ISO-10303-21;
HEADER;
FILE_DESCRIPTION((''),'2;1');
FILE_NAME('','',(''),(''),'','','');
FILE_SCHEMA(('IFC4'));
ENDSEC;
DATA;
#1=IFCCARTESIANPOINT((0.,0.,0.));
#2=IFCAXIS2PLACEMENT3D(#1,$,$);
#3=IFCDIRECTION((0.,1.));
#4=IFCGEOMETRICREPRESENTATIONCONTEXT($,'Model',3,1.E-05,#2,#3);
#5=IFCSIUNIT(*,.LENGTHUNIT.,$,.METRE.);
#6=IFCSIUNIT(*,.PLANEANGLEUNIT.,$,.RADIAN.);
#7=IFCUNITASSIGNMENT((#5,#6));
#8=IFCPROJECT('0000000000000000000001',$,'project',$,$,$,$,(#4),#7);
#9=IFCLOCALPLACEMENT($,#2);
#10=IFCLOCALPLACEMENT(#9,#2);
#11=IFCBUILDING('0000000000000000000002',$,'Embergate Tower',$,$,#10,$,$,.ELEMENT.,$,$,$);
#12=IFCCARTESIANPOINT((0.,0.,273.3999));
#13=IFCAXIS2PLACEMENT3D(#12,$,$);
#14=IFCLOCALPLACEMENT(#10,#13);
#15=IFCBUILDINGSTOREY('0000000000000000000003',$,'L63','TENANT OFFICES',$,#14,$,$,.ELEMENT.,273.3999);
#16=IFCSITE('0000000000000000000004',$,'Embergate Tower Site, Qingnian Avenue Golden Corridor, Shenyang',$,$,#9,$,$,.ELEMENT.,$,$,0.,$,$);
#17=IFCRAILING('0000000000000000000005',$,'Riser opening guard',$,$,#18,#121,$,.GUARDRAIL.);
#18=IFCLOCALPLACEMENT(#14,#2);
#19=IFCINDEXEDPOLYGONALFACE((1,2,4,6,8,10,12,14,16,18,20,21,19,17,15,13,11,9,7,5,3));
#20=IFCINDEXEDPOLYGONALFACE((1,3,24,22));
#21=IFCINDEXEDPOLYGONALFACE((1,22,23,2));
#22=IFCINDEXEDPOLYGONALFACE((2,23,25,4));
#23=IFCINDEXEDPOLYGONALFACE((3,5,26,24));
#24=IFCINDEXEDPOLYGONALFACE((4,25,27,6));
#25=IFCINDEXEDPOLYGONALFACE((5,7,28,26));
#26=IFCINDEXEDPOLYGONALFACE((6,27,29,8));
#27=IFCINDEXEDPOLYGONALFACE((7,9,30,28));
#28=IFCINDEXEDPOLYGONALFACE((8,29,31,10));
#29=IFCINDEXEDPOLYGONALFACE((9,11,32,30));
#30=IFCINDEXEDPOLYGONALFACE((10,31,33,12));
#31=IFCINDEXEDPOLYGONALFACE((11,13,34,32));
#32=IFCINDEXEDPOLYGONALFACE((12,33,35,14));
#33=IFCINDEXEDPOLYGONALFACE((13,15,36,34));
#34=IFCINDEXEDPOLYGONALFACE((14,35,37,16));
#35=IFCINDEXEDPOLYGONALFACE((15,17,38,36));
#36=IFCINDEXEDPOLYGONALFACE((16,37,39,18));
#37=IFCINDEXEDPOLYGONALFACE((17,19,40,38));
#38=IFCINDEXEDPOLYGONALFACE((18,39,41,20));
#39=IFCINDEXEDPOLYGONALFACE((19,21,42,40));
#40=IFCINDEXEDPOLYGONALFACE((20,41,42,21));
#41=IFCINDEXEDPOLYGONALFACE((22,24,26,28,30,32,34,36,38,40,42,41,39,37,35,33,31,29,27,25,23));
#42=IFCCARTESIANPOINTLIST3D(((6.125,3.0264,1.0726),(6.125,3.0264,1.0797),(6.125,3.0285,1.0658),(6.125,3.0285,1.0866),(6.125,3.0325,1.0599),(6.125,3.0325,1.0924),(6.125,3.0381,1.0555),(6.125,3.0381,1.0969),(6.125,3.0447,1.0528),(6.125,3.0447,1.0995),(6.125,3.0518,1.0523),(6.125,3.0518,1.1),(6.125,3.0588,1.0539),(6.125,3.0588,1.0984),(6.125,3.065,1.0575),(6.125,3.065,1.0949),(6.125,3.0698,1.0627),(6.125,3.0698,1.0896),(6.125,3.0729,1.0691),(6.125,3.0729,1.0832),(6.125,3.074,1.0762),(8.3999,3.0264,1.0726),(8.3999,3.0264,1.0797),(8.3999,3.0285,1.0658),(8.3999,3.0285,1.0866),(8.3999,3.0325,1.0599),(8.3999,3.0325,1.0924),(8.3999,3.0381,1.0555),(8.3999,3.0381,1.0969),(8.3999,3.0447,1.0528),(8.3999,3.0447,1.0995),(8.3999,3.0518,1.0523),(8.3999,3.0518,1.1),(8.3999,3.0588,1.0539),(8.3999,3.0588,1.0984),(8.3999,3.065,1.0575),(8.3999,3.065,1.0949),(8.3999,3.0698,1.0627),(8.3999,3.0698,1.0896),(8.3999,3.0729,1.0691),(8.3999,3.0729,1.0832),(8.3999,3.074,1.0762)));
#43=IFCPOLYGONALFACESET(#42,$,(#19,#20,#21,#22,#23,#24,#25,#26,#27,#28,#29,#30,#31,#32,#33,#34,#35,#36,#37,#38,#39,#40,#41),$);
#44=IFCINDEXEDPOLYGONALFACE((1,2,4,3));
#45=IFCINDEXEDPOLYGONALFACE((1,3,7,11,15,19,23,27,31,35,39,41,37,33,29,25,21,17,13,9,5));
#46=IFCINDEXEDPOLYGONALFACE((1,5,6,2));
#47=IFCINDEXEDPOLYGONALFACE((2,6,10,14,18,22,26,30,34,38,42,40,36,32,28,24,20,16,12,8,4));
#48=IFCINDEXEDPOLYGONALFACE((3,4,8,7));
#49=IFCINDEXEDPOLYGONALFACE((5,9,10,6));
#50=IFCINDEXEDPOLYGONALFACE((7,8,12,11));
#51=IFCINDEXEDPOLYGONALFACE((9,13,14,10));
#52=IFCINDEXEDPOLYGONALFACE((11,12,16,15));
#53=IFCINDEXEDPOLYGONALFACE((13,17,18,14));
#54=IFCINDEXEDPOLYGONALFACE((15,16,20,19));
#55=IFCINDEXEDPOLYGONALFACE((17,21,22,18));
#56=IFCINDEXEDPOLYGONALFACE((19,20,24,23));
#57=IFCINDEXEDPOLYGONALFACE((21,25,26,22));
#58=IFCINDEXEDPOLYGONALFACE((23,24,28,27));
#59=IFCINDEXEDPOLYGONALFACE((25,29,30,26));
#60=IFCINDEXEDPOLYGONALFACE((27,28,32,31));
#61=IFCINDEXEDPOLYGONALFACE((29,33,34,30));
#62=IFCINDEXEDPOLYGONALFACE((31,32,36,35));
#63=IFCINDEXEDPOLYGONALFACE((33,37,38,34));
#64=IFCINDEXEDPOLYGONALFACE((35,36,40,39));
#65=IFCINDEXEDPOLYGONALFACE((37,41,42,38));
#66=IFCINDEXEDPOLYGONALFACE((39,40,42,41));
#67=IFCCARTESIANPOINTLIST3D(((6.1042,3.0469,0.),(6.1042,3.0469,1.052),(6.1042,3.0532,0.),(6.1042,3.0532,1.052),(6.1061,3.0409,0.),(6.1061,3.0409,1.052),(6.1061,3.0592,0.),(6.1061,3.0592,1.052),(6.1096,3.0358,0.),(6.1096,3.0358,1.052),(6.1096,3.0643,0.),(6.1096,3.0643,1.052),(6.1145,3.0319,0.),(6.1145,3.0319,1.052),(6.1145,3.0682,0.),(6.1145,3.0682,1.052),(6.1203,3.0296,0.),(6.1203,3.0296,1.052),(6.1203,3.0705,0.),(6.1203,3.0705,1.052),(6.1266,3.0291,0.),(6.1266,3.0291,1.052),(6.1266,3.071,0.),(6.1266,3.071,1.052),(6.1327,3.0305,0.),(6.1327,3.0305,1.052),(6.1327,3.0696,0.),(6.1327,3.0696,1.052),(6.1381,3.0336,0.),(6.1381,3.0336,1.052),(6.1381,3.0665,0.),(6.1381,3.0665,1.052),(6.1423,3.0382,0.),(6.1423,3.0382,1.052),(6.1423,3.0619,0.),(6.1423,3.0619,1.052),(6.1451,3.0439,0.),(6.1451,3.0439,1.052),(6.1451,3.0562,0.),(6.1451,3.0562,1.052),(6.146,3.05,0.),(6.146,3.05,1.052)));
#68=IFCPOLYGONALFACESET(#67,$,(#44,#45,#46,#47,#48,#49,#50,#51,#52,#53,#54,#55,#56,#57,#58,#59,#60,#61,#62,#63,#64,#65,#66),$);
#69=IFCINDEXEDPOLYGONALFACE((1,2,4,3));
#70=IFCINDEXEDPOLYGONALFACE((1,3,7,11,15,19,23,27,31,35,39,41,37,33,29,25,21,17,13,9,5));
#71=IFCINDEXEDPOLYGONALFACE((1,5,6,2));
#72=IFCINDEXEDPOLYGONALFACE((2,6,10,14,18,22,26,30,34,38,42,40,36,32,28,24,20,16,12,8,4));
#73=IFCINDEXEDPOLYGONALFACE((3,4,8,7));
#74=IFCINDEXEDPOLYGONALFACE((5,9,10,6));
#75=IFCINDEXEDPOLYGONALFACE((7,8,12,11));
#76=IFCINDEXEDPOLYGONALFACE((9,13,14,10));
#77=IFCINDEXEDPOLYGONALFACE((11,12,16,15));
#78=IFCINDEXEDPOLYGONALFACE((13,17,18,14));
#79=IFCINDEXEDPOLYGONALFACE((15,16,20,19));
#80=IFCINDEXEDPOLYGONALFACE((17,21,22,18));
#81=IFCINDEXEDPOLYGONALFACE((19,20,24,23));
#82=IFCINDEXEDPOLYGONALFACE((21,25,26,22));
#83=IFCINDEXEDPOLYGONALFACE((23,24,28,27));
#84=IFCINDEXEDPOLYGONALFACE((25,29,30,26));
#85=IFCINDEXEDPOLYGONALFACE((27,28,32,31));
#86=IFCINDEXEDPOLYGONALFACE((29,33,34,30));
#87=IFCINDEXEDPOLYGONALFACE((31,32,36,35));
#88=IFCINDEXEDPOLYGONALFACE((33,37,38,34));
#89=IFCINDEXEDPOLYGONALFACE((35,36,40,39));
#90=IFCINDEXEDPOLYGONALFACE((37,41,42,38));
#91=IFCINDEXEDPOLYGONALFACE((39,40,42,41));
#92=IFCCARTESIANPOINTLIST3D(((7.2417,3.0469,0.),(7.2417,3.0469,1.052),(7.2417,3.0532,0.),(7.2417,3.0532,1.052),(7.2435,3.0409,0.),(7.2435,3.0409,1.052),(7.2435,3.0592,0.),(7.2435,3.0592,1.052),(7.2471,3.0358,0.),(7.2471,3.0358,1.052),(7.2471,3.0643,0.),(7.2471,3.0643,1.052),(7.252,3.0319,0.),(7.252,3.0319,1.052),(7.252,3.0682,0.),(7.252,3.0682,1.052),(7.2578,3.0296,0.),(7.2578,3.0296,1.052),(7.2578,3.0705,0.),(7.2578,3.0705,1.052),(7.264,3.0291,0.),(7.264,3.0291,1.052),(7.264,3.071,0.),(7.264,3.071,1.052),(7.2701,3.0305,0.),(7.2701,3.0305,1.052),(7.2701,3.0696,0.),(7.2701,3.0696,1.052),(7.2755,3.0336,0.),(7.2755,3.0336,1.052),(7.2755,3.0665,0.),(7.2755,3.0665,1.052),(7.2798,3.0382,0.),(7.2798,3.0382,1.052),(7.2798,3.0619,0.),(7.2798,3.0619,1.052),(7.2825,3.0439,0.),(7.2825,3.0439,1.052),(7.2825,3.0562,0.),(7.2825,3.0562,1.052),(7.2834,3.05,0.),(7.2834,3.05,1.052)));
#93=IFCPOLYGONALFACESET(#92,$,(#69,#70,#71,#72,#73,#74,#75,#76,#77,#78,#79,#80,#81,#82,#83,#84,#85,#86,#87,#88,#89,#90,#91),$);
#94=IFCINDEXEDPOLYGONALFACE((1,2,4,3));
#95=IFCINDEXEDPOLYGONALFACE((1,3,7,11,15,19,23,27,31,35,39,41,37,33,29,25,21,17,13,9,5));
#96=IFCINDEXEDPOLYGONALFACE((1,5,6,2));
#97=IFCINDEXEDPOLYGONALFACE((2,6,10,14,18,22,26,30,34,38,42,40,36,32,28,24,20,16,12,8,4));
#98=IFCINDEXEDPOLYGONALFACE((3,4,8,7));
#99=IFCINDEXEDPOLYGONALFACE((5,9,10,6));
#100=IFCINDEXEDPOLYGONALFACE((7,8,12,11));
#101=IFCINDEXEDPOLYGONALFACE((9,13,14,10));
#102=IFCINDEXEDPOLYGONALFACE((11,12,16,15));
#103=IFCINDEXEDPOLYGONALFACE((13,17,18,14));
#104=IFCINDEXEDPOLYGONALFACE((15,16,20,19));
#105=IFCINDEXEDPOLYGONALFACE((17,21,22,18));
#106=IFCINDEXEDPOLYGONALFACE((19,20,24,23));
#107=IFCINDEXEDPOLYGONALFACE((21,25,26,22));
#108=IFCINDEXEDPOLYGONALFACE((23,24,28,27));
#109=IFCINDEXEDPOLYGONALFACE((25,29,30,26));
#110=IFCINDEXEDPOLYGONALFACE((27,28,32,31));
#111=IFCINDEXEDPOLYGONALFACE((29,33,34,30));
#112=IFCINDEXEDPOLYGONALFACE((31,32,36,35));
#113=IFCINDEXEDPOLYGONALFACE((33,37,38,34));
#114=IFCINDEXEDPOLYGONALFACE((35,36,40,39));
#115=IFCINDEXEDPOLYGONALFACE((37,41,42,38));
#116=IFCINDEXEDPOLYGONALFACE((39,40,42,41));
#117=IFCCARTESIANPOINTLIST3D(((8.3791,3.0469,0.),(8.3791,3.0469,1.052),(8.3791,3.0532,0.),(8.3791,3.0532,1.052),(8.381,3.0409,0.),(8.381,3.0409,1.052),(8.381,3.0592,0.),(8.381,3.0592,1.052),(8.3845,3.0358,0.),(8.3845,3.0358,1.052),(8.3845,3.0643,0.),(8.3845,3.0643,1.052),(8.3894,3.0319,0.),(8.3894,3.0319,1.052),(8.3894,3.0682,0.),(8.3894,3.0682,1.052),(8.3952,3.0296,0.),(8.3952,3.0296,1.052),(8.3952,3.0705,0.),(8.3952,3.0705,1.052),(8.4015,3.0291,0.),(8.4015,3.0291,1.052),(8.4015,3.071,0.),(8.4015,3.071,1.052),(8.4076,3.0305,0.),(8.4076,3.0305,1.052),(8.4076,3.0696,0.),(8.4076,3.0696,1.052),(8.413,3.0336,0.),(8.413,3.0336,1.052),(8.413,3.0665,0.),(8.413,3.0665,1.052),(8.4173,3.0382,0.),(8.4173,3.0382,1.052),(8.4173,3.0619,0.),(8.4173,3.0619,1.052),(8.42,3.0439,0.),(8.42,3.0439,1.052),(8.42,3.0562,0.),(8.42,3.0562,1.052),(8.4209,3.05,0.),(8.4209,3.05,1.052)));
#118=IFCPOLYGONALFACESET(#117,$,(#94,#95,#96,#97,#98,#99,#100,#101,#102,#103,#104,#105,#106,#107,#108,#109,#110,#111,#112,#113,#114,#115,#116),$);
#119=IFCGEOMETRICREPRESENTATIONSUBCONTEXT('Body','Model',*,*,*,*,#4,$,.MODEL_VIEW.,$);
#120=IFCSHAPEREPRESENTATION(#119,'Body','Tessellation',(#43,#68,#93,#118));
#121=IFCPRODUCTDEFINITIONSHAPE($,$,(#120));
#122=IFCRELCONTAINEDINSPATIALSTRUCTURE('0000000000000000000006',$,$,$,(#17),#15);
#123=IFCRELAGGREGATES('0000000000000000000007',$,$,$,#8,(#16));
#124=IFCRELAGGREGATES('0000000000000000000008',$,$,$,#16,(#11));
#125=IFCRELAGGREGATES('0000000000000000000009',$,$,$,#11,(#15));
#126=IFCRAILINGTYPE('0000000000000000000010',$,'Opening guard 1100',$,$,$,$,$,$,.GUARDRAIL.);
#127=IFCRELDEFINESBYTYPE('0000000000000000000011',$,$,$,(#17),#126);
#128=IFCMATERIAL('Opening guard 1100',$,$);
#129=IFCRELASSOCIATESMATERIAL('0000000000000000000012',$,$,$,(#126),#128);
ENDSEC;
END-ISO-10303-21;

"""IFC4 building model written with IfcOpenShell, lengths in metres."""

from ifc_helpers import new_model, si_unit, direction, frame, origin, origin_2d, place, context, subcontext, project, spatial, circle, extrude, source, transform, mapped, material, type_object, element, save


model = new_model("IFC4")

# Units and contexts
model_context = context("Model", 3, precision=1e-05, world=origin(), true_north=direction((0.0, 1.0)))
body_context = subcontext(model_context, "Body", "Model", "MODEL_VIEW")
ifc_project = project(units=[si_unit("LENGTHUNIT", "METRE"), si_unit("PLANEANGLEUNIT", "RADIAN")], contexts=[model_context])

# Site, building, storey
site_placement = place(None, origin())
site = spatial("IfcSite", under=ifc_project, at=site_placement, Name="Embergate Tower Site, Qingnian Avenue Golden Corridor, Shenyang", CompositionType="ELEMENT", RefElevation=0.0)
building_placement = place(site_placement, origin())
building = spatial("IfcBuilding", under=site, at=building_placement, Name="Embergate Tower", CompositionType="ELEMENT")
storey_placement = place(building_placement, frame((0.0, 0.0, 273.3999)))
storey = spatial("IfcBuildingStorey", under=building, at=storey_placement, Name="L63", Description="TENANT OFFICES", CompositionType="ELEMENT", Elevation=273.3999)

# Railing
ifc_material_1 = material(Name="Opening guard 1100")
railing_type = type_object("IfcRailingType", Name="Opening guard 1100", PredefinedType="GUARDRAIL", material=ifc_material_1)
shared_shape_1 = source(origin(), body_context, "Body", "SweptSolid", [
    extrude(circle(Radius=0.0239, at=origin_2d()), frame((0.0, 0.0, 1.0762), z_axis=(1.0, 0.0, 0.0), x_axis=(0.0, 1.0, 0.0)), (0.0, 0.0, 1.0), 2.2749),
    extrude(circle(Radius=0.021, at=origin_2d()), origin(), (0.0, 0.0, 1.0), 1.052),
    extrude(circle(Radius=0.021, at=origin_2d()), frame((1.1375, 0.0, 0.0)), (0.0, 0.0, 1.0), 1.052),
    extrude(circle(Radius=0.021, at=origin_2d()), frame((2.2749, 0.0, 0.0)), (0.0, 0.0, 1.0), 1.052),
])
railing_placement = place(storey_placement, frame((6.125, 3.05, 0.0)))
element("IfcRailing", 1, at=railing_placement, inside=storey, type_object=railing_type, Name="Riser opening guard", PredefinedType="GUARDRAIL", context=body_context, shape_type="MappedRepresentation", body=[
    mapped(shared_shape_1, transform((0.0, 0.0, 0.0))),
])

save(model, "model.ifc")
